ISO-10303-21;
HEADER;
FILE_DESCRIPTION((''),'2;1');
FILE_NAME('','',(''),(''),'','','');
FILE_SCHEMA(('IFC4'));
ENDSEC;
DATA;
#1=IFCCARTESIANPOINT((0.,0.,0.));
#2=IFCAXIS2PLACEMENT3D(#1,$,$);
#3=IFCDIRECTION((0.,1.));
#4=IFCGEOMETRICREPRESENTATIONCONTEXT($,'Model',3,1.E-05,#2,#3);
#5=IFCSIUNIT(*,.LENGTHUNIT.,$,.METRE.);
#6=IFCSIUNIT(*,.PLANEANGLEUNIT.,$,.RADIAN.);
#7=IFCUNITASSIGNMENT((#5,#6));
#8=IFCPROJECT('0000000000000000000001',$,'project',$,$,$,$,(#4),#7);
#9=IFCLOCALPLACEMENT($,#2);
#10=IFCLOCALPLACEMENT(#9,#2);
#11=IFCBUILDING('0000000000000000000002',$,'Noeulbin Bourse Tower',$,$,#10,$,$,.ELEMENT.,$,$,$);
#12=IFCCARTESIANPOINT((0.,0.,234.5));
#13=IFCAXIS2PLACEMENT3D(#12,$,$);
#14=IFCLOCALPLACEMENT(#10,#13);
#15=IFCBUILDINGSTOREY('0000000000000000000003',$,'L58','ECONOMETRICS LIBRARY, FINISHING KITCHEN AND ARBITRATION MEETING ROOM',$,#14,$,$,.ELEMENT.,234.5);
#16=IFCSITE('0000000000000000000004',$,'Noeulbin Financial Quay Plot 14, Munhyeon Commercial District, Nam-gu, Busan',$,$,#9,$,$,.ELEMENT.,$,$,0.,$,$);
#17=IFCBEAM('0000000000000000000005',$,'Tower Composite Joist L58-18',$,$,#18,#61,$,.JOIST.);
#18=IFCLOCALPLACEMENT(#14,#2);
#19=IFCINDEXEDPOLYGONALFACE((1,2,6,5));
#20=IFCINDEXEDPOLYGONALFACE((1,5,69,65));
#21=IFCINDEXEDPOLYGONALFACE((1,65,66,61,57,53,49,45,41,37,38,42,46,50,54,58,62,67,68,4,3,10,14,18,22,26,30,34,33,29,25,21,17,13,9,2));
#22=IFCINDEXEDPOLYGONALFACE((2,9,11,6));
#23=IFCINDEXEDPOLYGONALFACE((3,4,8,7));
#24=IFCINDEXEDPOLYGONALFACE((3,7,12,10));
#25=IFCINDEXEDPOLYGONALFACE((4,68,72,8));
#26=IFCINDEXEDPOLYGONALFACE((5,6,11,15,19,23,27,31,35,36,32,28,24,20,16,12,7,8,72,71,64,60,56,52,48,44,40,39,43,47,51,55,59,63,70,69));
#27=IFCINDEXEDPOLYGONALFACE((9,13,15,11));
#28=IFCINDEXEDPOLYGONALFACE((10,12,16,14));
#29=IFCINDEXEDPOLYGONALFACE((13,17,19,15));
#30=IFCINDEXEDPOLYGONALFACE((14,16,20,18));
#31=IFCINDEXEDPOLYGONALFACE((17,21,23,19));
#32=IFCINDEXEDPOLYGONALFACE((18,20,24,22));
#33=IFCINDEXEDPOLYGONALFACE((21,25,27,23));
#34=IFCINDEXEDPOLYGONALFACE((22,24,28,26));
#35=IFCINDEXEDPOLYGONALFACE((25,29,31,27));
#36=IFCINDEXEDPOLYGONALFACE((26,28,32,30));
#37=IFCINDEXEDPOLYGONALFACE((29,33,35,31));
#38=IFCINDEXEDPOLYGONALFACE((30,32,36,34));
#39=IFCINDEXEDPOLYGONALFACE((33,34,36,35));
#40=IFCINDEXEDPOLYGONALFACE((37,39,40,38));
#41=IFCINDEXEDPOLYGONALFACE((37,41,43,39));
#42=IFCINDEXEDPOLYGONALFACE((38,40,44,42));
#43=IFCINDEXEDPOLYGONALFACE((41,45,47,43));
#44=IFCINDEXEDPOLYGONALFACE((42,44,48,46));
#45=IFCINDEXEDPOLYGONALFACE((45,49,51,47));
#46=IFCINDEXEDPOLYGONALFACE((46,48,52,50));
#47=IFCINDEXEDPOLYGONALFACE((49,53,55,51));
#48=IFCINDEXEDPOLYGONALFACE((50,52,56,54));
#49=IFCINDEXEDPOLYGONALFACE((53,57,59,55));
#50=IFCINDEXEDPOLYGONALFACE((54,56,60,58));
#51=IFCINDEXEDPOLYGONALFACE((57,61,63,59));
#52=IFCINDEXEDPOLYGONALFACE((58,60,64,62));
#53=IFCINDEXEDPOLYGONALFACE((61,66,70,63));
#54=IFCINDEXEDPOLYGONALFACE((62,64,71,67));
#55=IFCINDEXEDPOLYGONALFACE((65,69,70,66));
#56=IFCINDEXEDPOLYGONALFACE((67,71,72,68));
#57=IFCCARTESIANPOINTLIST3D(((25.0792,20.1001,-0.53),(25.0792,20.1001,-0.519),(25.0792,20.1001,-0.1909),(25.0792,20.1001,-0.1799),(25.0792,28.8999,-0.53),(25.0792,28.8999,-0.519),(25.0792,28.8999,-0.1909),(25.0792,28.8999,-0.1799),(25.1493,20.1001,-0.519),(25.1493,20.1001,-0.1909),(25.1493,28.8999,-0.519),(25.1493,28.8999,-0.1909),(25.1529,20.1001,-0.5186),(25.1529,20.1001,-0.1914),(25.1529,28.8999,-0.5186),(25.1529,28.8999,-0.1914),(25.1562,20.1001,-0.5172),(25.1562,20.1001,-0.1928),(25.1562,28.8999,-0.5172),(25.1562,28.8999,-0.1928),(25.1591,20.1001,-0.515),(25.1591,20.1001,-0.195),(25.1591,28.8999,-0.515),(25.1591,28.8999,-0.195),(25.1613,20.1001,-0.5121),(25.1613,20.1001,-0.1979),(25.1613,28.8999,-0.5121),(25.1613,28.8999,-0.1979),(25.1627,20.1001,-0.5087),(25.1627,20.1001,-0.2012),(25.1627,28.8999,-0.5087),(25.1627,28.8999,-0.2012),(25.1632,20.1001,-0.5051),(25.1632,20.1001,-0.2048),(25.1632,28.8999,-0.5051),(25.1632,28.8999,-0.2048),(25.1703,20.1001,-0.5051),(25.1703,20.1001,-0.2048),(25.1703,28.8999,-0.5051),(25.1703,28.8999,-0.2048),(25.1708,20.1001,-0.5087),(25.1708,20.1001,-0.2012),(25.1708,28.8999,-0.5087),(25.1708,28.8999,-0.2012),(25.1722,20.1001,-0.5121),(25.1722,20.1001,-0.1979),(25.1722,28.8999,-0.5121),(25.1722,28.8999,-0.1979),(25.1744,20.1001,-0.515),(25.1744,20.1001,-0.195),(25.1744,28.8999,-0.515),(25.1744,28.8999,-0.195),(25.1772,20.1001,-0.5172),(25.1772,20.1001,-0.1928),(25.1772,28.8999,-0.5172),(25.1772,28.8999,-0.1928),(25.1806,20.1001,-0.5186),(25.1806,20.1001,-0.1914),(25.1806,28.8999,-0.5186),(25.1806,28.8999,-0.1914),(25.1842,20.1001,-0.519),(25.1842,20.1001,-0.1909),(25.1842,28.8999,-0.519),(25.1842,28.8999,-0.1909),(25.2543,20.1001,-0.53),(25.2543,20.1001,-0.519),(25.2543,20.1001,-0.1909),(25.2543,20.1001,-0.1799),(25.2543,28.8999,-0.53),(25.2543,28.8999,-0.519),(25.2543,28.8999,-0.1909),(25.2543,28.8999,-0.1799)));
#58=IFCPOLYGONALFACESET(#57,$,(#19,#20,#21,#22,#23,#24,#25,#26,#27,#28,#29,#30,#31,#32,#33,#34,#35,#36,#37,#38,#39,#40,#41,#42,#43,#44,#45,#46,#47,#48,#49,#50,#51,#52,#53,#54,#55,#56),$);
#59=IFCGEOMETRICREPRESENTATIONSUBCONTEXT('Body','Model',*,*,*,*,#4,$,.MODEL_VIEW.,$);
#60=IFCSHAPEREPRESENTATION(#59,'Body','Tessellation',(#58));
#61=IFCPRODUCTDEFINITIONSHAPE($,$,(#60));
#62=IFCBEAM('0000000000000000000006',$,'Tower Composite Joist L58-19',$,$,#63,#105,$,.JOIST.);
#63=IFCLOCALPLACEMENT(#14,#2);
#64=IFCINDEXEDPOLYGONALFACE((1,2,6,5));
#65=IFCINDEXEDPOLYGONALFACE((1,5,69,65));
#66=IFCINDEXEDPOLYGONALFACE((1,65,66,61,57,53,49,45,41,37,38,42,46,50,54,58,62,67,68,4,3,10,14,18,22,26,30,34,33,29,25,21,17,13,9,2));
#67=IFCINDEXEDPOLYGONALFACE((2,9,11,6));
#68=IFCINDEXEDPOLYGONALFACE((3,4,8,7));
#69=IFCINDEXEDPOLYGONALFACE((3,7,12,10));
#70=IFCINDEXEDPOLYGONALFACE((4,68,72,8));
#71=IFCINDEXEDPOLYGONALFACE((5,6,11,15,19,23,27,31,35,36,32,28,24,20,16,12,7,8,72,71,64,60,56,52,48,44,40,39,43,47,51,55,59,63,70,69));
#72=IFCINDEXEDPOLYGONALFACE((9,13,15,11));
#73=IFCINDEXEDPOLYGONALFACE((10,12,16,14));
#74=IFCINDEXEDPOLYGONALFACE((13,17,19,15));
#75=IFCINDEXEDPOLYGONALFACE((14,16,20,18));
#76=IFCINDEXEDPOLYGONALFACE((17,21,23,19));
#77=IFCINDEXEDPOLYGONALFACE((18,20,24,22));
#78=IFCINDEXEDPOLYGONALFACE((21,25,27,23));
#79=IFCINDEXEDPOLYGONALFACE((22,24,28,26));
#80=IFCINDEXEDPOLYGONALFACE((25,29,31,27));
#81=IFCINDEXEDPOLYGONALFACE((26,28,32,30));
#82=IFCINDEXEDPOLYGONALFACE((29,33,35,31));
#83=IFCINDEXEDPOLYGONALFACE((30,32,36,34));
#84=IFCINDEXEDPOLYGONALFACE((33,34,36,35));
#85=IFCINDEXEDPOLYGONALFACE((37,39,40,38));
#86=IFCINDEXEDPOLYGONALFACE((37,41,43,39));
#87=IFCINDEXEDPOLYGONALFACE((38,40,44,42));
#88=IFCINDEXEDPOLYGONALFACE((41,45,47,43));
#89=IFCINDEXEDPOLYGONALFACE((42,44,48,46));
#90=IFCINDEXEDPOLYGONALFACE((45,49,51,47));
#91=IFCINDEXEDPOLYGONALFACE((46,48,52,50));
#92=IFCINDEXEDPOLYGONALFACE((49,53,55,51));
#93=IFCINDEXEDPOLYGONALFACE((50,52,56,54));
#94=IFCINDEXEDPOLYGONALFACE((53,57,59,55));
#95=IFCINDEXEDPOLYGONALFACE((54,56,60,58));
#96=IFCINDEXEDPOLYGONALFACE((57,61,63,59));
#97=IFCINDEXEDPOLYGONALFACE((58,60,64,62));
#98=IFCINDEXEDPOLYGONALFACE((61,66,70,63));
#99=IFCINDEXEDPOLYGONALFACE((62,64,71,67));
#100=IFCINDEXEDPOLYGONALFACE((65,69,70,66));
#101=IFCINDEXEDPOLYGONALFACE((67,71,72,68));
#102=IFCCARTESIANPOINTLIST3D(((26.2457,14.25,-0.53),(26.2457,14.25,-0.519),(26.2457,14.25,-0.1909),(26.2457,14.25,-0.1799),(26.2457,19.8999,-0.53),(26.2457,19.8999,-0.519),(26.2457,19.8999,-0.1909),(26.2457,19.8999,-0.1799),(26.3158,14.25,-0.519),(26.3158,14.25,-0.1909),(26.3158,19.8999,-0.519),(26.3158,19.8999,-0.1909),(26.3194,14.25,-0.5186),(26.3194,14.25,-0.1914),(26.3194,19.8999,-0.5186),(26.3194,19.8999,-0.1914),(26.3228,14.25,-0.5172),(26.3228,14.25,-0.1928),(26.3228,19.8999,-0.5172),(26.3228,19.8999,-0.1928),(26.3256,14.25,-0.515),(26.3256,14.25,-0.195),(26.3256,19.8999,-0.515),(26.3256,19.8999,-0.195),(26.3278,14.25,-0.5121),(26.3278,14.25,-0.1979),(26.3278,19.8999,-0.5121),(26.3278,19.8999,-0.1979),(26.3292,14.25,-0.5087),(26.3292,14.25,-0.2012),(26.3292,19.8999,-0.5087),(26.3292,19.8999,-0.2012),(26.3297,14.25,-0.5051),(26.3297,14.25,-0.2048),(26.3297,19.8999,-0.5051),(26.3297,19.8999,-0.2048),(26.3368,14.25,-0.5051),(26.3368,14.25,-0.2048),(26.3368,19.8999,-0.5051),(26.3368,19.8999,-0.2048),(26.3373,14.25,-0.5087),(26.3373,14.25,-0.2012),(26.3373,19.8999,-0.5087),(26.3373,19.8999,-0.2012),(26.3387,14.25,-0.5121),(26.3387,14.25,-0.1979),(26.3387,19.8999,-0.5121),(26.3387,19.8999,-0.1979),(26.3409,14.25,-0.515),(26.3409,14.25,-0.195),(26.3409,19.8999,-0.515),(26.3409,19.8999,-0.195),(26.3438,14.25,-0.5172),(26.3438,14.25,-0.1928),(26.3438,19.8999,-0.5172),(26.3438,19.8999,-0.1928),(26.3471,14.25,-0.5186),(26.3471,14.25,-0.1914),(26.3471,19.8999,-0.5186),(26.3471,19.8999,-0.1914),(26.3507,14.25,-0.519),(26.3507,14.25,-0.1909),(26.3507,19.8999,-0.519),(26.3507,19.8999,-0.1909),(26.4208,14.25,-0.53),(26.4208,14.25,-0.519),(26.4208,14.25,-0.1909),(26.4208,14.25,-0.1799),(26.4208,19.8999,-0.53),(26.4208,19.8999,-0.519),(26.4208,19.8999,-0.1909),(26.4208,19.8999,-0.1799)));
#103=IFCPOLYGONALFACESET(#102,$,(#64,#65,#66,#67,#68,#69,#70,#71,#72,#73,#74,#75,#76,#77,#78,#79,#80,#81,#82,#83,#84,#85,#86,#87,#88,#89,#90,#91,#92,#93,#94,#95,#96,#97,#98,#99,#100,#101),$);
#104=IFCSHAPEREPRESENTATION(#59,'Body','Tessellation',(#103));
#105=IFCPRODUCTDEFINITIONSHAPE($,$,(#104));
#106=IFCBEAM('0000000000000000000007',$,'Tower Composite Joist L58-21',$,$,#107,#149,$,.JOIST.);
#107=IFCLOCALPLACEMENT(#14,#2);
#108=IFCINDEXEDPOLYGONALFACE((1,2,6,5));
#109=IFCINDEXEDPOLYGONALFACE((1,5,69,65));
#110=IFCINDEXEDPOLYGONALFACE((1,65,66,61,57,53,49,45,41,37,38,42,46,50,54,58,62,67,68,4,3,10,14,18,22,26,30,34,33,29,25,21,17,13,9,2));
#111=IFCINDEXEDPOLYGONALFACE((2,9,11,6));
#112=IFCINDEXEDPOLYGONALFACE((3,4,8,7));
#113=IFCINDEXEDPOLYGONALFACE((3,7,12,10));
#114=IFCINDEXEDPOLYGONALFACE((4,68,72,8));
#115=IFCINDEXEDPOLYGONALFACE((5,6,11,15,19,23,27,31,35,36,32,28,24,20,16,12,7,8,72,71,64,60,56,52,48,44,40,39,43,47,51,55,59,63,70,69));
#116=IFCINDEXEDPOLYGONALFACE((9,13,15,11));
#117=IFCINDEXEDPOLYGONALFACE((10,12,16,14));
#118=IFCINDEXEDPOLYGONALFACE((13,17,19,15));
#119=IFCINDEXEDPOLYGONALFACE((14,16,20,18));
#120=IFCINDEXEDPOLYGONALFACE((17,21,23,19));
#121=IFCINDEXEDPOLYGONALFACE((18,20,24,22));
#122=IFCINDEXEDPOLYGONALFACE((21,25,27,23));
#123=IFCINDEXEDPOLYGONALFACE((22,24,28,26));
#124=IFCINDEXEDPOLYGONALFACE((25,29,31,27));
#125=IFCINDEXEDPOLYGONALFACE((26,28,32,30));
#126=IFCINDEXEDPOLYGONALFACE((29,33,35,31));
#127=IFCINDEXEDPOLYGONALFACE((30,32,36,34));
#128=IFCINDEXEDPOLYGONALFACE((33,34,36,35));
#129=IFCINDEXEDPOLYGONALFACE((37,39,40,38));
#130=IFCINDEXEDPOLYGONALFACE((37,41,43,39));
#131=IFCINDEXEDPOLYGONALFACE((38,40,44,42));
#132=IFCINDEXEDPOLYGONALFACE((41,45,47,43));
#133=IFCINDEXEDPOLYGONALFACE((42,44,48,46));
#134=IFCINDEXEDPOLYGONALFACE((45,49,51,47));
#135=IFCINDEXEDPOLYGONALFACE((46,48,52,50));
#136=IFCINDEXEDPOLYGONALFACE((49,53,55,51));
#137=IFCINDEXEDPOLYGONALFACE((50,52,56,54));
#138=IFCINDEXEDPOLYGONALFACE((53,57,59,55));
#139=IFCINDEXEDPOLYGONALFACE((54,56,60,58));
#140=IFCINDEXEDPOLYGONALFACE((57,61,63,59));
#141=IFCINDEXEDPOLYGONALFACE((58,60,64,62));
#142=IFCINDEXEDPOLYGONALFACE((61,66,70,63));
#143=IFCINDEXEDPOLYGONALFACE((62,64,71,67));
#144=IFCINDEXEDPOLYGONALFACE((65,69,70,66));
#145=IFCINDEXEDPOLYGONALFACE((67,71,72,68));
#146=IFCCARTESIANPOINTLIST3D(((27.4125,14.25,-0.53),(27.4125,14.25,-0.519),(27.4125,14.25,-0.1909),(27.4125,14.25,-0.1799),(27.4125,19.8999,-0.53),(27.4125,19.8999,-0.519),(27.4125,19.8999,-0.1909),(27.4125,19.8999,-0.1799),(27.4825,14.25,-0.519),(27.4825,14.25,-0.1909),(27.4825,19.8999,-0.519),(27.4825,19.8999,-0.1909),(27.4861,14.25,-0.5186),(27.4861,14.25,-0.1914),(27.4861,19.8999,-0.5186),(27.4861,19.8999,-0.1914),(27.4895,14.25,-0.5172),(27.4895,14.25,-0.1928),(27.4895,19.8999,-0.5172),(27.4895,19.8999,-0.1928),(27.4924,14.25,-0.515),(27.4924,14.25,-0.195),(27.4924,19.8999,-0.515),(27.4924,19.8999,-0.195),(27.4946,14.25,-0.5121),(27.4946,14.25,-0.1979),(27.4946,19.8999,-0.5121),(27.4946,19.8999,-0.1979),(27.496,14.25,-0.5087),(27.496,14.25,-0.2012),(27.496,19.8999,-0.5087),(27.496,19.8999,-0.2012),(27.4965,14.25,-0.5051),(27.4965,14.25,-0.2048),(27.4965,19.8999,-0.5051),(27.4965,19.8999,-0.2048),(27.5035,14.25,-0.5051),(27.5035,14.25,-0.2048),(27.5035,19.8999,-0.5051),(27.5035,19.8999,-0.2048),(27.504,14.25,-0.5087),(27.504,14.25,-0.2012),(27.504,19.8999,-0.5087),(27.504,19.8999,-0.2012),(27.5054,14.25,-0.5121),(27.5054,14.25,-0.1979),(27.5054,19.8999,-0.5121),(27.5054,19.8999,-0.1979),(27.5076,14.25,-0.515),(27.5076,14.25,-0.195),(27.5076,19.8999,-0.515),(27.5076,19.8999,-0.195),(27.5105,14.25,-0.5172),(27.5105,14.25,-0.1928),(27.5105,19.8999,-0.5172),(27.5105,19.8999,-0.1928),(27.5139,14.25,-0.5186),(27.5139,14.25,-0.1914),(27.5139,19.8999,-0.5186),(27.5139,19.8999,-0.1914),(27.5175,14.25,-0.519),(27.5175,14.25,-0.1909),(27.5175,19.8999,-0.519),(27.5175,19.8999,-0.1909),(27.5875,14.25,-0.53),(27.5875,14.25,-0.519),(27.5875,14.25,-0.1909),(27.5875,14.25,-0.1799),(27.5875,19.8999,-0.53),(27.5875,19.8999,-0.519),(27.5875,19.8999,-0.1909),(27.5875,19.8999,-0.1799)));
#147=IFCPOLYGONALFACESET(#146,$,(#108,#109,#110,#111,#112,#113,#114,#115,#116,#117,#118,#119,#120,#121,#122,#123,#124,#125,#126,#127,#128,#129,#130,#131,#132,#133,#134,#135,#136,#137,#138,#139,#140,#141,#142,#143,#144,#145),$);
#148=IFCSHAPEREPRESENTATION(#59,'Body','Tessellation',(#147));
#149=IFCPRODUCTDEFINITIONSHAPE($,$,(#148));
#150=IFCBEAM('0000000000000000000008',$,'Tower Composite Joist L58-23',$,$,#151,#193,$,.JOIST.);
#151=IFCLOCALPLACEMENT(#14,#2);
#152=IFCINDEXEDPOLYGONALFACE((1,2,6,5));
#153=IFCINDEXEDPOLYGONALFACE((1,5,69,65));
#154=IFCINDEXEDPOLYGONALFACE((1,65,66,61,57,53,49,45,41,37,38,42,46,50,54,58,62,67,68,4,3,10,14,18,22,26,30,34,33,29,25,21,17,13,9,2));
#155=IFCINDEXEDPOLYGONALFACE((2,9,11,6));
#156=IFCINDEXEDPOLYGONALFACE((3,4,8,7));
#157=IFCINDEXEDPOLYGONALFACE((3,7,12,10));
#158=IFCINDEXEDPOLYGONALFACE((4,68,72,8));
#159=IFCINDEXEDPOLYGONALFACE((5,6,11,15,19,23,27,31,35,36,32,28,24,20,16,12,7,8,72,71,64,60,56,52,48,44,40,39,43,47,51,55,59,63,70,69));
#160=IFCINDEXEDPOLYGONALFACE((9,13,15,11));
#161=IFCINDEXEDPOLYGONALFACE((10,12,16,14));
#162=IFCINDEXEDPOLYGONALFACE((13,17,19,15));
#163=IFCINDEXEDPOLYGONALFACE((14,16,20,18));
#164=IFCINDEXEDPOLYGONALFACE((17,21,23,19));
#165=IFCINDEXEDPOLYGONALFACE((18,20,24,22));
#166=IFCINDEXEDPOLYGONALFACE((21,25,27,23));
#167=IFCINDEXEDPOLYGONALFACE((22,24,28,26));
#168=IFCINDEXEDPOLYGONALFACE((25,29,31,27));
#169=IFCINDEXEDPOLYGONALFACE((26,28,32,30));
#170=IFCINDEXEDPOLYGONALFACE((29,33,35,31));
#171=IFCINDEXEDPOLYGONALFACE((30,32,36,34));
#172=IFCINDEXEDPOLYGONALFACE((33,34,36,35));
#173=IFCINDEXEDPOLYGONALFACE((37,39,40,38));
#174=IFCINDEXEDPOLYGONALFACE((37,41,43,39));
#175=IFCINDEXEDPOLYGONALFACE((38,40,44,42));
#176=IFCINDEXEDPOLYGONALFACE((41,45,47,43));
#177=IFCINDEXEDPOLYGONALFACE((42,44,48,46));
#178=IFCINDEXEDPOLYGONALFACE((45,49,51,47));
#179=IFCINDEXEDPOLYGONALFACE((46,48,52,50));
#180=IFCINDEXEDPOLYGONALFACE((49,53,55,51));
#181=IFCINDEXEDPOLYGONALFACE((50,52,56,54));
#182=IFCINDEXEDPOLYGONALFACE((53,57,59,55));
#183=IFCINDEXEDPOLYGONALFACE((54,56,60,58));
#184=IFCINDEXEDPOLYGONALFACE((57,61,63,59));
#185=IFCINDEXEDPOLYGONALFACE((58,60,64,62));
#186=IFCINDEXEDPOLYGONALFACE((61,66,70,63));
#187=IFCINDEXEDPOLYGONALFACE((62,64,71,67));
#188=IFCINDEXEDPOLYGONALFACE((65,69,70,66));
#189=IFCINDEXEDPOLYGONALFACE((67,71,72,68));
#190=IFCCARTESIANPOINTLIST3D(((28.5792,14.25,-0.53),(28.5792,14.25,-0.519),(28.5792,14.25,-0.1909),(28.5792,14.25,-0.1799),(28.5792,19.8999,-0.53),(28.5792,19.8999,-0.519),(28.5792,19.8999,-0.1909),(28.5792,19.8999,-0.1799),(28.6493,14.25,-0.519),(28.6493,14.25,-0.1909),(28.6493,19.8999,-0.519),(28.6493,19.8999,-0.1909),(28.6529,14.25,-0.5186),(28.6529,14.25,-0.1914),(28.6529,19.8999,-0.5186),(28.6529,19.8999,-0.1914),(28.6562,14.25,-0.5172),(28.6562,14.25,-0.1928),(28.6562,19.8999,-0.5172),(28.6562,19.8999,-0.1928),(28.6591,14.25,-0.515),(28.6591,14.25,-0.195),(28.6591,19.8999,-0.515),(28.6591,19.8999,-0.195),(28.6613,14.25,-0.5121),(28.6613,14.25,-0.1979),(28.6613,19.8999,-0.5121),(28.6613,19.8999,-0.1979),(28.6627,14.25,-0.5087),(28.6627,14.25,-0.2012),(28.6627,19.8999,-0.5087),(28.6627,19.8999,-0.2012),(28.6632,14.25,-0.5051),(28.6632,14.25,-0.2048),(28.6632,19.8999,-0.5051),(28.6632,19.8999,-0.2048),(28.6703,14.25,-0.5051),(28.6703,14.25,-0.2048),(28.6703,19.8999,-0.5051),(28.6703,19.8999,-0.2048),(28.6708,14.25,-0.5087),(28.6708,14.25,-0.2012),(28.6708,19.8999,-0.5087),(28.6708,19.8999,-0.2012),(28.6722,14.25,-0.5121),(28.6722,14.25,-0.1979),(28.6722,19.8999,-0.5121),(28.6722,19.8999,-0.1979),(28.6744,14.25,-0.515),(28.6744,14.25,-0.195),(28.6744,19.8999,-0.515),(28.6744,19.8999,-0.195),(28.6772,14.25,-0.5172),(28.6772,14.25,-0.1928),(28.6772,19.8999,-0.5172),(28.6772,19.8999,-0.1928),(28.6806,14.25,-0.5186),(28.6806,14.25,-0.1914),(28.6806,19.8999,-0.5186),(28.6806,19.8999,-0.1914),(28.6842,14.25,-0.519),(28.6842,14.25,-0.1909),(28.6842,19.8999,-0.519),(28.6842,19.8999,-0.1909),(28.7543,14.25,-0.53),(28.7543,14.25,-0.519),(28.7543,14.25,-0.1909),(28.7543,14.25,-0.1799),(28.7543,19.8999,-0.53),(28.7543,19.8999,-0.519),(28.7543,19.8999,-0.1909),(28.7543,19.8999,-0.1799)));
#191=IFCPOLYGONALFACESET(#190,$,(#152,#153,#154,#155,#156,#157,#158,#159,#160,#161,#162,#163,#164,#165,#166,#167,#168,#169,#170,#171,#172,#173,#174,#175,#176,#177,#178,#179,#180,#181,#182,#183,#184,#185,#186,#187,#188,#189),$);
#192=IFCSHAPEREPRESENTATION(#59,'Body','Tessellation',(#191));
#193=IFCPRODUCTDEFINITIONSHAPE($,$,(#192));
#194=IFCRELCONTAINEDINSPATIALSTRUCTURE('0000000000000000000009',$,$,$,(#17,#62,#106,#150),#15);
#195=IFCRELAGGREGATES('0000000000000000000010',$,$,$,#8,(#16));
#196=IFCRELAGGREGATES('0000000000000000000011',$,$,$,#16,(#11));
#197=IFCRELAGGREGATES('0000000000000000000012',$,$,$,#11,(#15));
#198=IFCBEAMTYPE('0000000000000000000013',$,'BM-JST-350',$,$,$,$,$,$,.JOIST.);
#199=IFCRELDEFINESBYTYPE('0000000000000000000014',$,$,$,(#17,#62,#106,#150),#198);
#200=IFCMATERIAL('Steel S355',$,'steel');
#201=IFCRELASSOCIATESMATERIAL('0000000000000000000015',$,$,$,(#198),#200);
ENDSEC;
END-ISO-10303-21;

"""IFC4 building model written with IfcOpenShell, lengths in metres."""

from ifc_helpers import new_model, si_unit, direction, frame, origin, origin_2d, place, context, subcontext, project, spatial, i_section, extrude, material, material_profile, profile_set, type_object, element, save


model = new_model("IFC4")

# Units and contexts
model_context = context("Model", 3, precision=1e-05, world=origin(), true_north=direction((0.0, 1.0)))
body_context = subcontext(model_context, "Body", "Model", "MODEL_VIEW")
ifc_project = project(units=[si_unit("LENGTHUNIT", "METRE"), si_unit("PLANEANGLEUNIT", "RADIAN")], contexts=[model_context])

# Site, building, storey
site_placement = place(None, origin())
site = spatial("IfcSite", under=ifc_project, at=site_placement, Name="Noeulbin Financial Quay Plot 14, Munhyeon Commercial District, Nam-gu, Busan", CompositionType="ELEMENT", RefElevation=0.0)
building_placement = place(site_placement, origin())
building = spatial("IfcBuilding", under=site, at=building_placement, Name="Noeulbin Bourse Tower", CompositionType="ELEMENT")
storey_placement = place(building_placement, frame((0.0, 0.0, 234.5)))
storey = spatial("IfcBuildingStorey", under=building, at=storey_placement, Name="L58", Description="ECONOMETRICS LIBRARY, FINISHING KITCHEN AND ARBITRATION MEETING ROOM", CompositionType="ELEMENT", Elevation=234.5)

# Shared definitions
ifc_material_1 = material(Name="Steel S355", Category="steel")

# Beams
ifc_material_profile_1 = material_profile(ifc_material_1, i_section(OverallWidth=0.175, OverallDepth=0.3501, WebThickness=0.0071, FlangeThickness=0.011, FilletRadius=0.0139, at=origin_2d()), Name="H-350x175x7x11", Category="LoadBearing")
ifc_profile_set_1 = profile_set([ifc_material_profile_1], Name="Steel S355")
beam_type_1 = type_object("IfcBeamType", Name="BM-JST-350", PredefinedType="JOIST", material=ifc_profile_set_1)
beam_1_placement = place(storey_placement, frame((25.1667, 20.1001, -0.355), z_axis=(0.0, 1.0, 0.0), x_axis=(-1.0, 0.0, 0.0)))
element("IfcBeam", 1, at=beam_1_placement, inside=storey, type_object=beam_type_1, Name="Tower Composite Joist L58-18", PredefinedType="JOIST", context=body_context, shape_type="SweptSolid", body=[
    extrude(i_section(OverallWidth=0.175, OverallDepth=0.3501, WebThickness=0.0071, FlangeThickness=0.011, FilletRadius=0.0139, at=origin_2d()), origin(), (0.0, 0.0, 1.0), 8.7998),
])
for number, where, z_axis, x_axis, name in (
    (2, (26.3333, 14.25, -0.355), (0.0, 1.0, 0.0), (-1.0, 0.0, 0.0), "Tower Composite Joist L58-19"),
    (3, (27.5, 14.25, -0.355), (0.0, 1.0, 0.0), (-1.0, 0.0, 0.0), "Tower Composite Joist L58-21"),
    (4, (28.6667, 14.25, -0.355), (0.0, 1.0, 0.0), (-1.0, 0.0, 0.0), "Tower Composite Joist L58-23"),
):
    element("IfcBeam", number, at=place(storey_placement, frame(where, z_axis=z_axis, x_axis=x_axis)), inside=storey, type_object=beam_type_1, Name=name, PredefinedType="JOIST", context=body_context, shape_type="SweptSolid", body=[
        extrude(i_section(OverallWidth=0.175, OverallDepth=0.3501, WebThickness=0.0071, FlangeThickness=0.011, FilletRadius=0.0139, at=origin_2d()), origin(), (0.0, 0.0, 1.0), 5.6499),
    ])

save(model, "model.ifc")
